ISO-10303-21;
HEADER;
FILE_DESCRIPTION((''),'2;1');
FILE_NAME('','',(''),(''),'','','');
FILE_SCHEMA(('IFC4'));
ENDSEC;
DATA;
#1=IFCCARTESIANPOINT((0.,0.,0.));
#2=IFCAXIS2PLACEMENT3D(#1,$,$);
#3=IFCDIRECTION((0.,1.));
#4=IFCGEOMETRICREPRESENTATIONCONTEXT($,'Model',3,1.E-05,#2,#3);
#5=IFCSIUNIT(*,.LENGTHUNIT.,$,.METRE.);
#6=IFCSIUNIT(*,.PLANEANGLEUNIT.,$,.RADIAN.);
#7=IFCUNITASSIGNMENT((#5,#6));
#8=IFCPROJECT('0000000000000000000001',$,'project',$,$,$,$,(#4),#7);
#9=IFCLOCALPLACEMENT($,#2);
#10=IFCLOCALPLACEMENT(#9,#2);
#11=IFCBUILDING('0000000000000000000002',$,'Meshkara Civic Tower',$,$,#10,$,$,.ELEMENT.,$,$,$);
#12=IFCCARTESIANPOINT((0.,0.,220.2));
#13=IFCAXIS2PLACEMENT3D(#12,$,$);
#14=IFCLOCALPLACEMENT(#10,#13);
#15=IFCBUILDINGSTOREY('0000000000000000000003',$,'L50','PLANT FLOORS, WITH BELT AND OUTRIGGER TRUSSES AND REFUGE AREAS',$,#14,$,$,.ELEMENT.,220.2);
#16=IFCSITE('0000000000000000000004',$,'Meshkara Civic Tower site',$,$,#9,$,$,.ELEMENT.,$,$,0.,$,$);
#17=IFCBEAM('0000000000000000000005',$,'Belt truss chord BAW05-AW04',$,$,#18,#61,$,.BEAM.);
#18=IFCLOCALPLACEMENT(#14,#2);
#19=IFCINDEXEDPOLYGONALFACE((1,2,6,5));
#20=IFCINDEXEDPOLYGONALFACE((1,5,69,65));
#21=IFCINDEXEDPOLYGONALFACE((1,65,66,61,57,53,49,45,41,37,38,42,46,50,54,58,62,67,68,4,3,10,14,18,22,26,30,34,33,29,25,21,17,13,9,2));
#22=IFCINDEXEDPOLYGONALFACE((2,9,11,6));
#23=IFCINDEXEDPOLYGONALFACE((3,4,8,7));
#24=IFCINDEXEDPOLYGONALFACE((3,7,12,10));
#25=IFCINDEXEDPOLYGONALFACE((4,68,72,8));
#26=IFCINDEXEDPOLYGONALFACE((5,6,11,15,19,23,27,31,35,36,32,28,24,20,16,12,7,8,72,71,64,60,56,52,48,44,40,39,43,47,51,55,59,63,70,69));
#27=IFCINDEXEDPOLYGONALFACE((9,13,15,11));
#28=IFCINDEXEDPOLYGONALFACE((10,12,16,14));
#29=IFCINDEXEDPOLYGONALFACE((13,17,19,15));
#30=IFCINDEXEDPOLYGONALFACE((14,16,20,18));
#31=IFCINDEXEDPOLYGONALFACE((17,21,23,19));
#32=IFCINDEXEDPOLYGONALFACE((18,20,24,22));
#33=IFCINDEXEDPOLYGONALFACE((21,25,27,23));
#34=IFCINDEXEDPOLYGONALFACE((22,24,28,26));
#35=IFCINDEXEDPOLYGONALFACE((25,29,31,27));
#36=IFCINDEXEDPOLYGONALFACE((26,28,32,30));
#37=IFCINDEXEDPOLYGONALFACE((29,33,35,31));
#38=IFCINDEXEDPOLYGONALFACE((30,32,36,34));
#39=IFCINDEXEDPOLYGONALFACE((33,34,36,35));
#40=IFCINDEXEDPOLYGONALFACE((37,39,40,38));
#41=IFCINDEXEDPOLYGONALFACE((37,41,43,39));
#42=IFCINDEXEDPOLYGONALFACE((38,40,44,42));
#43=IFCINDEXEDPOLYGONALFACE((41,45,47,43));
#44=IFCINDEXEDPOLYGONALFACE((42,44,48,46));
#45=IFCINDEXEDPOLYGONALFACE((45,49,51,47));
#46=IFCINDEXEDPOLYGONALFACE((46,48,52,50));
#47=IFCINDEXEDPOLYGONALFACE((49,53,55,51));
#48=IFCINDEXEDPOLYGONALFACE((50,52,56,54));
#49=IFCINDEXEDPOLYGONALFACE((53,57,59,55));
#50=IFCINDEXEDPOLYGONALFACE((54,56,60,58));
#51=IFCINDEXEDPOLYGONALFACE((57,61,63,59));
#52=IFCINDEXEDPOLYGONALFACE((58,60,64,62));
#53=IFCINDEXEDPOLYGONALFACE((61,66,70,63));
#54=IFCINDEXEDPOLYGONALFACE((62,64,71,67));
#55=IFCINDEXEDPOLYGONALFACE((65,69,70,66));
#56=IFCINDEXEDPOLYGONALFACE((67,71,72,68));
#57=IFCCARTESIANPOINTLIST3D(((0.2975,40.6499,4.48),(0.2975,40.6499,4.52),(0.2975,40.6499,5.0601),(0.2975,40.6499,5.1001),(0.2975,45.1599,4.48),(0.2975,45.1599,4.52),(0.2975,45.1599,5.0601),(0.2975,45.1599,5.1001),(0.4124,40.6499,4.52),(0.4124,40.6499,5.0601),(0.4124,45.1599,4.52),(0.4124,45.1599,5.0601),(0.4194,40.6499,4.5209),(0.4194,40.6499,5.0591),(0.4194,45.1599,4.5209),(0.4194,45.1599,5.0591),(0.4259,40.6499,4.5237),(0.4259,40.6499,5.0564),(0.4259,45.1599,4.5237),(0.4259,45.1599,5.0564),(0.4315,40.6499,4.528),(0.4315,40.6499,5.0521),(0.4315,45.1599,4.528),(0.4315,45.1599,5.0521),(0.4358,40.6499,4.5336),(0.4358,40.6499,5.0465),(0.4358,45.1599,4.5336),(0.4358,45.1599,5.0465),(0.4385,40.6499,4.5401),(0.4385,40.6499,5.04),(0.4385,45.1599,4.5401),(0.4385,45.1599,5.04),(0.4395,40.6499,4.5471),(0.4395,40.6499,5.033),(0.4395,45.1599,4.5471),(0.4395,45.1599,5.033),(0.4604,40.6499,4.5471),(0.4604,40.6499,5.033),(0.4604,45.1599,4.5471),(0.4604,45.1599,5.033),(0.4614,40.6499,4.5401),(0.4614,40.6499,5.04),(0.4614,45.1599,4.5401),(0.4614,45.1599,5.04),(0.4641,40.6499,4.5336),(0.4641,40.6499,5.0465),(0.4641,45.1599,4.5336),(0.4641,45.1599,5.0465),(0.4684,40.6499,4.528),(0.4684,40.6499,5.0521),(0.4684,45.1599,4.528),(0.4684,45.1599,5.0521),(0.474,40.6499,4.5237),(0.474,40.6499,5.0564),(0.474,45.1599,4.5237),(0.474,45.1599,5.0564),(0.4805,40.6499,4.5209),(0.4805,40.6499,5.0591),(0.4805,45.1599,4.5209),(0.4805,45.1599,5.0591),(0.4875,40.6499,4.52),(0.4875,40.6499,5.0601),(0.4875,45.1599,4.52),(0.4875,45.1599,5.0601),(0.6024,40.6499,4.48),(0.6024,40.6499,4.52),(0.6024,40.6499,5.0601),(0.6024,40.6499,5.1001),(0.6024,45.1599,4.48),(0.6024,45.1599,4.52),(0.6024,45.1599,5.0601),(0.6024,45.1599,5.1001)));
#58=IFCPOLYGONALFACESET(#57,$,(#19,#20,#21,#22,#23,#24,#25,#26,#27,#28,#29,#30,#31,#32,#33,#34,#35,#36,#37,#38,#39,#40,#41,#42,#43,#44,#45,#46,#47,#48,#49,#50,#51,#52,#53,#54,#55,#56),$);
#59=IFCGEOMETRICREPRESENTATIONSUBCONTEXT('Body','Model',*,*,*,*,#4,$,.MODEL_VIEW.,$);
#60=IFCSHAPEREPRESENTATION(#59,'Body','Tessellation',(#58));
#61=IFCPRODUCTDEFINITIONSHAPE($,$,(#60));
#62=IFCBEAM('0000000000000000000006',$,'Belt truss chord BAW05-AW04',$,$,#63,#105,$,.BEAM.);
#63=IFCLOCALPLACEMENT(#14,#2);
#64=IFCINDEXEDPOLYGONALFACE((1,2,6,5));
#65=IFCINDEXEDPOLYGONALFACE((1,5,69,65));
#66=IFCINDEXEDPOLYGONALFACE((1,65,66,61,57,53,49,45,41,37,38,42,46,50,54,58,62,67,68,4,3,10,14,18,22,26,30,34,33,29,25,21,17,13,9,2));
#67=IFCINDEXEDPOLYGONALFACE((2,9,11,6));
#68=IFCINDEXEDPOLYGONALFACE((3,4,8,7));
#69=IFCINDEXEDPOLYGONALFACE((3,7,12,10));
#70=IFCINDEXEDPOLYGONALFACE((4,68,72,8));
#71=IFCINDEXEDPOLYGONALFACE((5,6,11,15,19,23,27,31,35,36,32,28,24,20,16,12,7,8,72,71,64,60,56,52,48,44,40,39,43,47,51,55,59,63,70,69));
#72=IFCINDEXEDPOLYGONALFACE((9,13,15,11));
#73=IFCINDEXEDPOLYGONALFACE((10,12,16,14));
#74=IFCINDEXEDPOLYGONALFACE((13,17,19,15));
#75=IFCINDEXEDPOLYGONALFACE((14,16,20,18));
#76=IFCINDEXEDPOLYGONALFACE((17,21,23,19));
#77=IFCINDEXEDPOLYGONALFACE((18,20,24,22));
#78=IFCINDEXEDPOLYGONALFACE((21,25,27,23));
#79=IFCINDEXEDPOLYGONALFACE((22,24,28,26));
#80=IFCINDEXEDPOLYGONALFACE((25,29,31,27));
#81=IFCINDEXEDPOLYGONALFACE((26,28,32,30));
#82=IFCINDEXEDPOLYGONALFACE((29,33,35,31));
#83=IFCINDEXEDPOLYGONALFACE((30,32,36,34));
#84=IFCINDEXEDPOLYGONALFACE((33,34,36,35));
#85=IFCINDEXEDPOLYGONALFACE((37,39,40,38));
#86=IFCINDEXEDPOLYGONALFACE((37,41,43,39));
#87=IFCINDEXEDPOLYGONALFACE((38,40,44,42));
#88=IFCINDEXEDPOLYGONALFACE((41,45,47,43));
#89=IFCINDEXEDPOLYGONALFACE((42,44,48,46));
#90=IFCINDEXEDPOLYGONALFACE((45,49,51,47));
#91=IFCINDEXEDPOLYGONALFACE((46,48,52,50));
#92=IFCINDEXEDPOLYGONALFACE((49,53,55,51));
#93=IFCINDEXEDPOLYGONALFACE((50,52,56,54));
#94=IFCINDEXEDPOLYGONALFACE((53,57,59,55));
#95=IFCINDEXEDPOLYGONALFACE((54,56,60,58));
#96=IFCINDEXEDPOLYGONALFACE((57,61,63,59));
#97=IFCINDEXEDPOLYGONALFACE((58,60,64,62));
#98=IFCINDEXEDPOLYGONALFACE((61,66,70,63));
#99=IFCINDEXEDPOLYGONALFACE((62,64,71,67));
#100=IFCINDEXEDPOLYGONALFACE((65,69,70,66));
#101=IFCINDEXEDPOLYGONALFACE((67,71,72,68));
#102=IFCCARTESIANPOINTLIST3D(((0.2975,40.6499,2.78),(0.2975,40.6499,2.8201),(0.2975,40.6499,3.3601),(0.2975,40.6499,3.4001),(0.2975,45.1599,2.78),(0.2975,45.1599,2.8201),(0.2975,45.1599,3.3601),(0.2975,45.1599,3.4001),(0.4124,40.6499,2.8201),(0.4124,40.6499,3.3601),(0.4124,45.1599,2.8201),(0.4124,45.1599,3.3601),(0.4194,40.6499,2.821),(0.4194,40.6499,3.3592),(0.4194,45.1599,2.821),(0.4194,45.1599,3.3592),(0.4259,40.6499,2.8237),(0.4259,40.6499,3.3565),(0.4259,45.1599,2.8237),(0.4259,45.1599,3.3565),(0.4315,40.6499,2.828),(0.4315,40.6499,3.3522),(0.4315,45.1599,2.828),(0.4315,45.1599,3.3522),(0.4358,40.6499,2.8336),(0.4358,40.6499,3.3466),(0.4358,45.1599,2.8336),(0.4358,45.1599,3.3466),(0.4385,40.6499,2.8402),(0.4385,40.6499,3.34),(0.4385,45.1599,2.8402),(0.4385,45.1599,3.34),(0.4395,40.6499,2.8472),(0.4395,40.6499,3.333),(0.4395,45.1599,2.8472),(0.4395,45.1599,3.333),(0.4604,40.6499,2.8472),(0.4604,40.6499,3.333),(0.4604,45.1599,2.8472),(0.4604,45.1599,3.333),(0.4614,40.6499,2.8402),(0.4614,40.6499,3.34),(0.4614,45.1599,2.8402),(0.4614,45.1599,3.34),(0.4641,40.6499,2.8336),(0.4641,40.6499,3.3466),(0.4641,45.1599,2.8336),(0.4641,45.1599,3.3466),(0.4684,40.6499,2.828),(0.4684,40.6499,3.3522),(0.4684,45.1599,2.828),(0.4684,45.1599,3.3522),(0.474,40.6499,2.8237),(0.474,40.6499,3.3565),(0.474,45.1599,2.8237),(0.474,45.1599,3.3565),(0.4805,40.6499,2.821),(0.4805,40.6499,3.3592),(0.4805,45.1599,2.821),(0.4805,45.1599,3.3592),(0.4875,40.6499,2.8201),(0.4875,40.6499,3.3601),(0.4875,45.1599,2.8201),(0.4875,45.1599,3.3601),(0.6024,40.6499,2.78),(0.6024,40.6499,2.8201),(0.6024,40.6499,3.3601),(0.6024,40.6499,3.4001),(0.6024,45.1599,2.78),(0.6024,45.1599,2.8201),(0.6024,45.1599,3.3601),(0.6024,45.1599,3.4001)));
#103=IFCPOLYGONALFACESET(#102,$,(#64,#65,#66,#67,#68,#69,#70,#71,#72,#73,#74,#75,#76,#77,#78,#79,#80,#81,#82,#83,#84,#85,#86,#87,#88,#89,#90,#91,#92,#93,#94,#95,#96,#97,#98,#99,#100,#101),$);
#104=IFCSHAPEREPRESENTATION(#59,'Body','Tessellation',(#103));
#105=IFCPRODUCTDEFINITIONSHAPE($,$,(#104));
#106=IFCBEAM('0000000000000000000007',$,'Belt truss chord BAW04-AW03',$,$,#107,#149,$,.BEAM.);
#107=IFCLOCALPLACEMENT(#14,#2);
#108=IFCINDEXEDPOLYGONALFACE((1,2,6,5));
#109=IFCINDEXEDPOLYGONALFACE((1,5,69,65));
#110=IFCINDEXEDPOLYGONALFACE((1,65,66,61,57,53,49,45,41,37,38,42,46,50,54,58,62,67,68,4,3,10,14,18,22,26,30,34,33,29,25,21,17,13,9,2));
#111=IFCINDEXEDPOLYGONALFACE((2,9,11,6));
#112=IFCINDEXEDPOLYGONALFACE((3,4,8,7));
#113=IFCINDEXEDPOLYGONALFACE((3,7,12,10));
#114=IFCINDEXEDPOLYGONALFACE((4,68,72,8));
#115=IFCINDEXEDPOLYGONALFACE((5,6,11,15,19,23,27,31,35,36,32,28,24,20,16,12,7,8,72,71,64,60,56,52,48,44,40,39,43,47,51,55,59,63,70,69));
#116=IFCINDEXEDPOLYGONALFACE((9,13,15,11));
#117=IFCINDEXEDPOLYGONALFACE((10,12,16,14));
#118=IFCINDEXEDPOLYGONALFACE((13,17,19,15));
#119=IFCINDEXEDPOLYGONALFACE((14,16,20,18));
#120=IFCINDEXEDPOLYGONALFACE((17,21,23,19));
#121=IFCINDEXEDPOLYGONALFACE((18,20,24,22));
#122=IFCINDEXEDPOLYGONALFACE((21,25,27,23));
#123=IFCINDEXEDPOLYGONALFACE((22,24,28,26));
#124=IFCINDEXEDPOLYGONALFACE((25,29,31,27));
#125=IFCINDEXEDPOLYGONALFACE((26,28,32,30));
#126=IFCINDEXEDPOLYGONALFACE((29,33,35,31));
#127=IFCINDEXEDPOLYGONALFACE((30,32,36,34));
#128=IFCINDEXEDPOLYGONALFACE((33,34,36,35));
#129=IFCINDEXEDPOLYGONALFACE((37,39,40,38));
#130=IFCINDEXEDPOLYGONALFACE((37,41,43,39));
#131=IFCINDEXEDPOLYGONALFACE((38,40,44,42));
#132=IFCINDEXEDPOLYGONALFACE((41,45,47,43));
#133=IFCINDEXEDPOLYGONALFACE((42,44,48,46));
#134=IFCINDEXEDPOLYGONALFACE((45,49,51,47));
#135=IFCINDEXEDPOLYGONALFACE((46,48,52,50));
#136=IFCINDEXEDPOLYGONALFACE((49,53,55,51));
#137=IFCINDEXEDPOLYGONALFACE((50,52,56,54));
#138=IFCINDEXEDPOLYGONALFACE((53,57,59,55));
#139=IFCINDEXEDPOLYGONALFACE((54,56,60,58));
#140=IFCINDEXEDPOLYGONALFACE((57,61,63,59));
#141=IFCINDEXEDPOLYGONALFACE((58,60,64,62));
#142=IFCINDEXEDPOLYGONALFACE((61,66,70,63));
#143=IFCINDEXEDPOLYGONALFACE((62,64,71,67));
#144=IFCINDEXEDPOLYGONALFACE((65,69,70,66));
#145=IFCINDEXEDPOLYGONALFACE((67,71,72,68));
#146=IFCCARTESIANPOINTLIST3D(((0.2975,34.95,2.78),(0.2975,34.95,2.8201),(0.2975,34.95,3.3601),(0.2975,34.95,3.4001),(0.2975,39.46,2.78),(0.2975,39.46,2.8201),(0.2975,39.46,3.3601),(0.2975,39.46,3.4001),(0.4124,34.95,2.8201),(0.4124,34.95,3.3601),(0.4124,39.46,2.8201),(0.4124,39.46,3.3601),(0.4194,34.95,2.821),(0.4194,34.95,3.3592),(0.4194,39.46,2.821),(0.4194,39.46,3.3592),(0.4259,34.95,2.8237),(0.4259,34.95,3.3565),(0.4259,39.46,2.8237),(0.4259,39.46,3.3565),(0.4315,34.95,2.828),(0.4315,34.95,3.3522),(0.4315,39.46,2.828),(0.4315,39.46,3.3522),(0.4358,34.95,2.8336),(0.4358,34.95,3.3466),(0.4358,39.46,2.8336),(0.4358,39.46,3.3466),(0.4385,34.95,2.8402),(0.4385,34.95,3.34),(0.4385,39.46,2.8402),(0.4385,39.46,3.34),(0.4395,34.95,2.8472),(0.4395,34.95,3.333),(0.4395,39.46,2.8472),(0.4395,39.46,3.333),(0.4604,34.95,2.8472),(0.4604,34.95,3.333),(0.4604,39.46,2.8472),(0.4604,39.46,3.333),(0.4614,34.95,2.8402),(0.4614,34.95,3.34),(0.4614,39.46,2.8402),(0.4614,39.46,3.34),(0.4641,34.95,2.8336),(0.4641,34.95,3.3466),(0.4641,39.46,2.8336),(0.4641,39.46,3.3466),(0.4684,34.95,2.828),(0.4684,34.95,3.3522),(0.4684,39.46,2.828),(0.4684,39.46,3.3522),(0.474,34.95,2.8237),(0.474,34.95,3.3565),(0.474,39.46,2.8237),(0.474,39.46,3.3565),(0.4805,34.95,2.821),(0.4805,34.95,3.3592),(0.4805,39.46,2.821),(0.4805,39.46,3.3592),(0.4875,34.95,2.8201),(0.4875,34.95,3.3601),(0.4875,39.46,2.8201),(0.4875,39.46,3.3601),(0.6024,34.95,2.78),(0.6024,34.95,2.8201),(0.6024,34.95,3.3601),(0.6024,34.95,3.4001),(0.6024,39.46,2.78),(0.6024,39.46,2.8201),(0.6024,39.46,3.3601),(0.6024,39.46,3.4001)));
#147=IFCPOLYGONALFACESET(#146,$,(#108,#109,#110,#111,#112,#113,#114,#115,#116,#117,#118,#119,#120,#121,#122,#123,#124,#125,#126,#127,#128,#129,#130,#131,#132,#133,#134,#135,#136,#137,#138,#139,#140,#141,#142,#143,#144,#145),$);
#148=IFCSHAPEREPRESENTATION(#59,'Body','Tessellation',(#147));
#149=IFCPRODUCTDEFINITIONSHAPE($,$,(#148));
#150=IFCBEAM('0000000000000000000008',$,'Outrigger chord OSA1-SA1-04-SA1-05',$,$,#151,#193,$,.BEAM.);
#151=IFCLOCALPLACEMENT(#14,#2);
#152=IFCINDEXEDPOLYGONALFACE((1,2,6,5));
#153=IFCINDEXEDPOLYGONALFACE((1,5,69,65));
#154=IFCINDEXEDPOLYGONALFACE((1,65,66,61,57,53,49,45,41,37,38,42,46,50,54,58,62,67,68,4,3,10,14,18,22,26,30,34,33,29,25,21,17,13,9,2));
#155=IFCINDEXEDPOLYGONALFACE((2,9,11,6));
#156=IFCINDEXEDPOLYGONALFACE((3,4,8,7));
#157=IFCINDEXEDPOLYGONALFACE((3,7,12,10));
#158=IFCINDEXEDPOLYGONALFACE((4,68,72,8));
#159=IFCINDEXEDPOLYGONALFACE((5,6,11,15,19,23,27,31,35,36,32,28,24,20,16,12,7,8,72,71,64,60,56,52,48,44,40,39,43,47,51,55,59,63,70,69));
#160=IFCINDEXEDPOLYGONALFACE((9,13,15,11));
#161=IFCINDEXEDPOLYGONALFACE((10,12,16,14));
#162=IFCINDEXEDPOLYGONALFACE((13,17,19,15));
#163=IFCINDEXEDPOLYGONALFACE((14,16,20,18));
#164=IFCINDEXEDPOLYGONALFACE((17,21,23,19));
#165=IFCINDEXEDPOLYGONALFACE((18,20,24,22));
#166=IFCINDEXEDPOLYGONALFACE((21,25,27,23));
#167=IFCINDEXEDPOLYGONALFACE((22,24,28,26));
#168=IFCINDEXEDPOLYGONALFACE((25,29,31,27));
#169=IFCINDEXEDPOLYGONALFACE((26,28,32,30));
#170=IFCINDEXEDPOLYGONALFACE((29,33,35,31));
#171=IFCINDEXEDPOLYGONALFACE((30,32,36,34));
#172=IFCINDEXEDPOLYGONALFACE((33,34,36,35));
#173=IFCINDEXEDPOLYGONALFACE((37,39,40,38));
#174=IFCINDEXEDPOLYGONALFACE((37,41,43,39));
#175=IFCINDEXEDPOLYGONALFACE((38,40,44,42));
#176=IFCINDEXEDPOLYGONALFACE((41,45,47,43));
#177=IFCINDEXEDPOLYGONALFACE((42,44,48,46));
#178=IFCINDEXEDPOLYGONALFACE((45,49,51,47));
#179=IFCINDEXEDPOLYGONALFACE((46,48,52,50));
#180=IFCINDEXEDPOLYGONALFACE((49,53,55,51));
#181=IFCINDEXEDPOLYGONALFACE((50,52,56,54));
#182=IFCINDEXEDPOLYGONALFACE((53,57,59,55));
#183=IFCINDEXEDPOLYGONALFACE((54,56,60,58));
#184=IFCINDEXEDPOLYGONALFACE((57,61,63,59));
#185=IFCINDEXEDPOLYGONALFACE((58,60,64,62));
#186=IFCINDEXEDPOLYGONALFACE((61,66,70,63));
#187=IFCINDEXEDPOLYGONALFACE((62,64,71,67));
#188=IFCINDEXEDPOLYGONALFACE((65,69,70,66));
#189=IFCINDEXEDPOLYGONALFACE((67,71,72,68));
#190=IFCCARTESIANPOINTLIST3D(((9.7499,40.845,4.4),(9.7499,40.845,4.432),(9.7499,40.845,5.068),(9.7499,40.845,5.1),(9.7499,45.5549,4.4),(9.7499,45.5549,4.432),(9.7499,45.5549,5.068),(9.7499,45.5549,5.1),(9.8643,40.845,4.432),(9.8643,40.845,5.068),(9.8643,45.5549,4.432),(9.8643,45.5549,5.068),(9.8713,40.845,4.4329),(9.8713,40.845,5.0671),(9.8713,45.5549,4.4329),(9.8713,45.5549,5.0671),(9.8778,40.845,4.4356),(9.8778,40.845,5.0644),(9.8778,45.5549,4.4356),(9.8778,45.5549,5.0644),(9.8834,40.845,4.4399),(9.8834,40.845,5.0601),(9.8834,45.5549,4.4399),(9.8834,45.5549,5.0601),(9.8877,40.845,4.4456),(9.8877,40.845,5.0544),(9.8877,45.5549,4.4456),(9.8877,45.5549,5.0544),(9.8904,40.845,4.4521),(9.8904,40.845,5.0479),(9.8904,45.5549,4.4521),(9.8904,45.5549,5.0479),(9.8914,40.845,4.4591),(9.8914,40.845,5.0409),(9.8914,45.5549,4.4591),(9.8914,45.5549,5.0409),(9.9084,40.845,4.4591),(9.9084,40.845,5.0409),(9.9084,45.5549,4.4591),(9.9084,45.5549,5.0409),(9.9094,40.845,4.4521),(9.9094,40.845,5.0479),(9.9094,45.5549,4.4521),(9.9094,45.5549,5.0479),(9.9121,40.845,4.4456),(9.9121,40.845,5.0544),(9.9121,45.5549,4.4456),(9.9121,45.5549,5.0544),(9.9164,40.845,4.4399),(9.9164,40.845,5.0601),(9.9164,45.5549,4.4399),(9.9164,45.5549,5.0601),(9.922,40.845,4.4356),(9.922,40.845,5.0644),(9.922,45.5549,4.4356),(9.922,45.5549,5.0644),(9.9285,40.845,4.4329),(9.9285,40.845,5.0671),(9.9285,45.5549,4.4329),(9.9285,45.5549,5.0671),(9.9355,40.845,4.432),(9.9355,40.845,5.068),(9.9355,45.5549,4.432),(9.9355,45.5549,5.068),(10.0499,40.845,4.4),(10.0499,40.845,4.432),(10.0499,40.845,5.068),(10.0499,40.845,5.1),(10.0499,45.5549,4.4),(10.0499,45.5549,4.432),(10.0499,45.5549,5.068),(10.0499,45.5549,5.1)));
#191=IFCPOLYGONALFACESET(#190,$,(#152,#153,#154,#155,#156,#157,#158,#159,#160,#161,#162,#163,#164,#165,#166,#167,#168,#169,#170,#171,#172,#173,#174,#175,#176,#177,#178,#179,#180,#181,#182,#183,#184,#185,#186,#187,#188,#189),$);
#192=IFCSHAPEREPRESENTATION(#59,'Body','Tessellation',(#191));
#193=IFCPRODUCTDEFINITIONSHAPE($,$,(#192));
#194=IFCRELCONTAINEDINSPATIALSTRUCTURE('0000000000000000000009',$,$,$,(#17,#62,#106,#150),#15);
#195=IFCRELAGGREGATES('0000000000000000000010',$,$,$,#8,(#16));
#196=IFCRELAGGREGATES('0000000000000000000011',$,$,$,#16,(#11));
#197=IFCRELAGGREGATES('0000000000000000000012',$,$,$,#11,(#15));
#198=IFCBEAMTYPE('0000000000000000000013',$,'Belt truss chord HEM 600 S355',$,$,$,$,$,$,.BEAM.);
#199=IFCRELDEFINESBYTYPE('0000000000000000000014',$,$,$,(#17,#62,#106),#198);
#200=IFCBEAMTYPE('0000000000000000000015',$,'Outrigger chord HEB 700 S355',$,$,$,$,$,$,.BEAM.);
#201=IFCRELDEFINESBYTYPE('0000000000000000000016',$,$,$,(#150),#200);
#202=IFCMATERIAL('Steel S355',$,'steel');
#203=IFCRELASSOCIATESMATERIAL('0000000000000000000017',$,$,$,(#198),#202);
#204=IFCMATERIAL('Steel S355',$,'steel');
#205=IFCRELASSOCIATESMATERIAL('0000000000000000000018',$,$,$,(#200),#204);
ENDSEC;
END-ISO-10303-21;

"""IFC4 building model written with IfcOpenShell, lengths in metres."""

from ifc_helpers import new_model, si_unit, direction, frame, origin, origin_2d, place, context, subcontext, project, spatial, i_section, extrude, material, material_profile, profile_set, type_object, element, save


model = new_model("IFC4")

# Units and contexts
model_context = context("Model", 3, precision=1e-05, world=origin(), true_north=direction((0.0, 1.0)))
body_context = subcontext(model_context, "Body", "Model", "MODEL_VIEW")
ifc_project = project(units=[si_unit("LENGTHUNIT", "METRE"), si_unit("PLANEANGLEUNIT", "RADIAN")], contexts=[model_context])

# Site, building, storey
site_placement = place(None, origin())
site = spatial("IfcSite", under=ifc_project, at=site_placement, Name="Meshkara Civic Tower site", CompositionType="ELEMENT", RefElevation=0.0)
building_placement = place(site_placement, origin())
building = spatial("IfcBuilding", under=site, at=building_placement, Name="Meshkara Civic Tower", CompositionType="ELEMENT")
storey_placement = place(building_placement, frame((0.0, 0.0, 220.2)))
storey = spatial("IfcBuildingStorey", under=building, at=storey_placement, Name="L50", Description="PLANT FLOORS, WITH BELT AND OUTRIGGER TRUSSES AND REFUGE AREAS", CompositionType="ELEMENT", Elevation=220.2)

# Beams
ifc_material_1 = material(Name="Steel S355", Category="steel")
ifc_material_profile_1 = material_profile(ifc_material_1, i_section(OverallWidth=0.3049, OverallDepth=0.6201, WebThickness=0.021, FlangeThickness=0.04, FilletRadius=0.0271, at=origin_2d()))
ifc_profile_set_1 = profile_set([ifc_material_profile_1], Name="Steel S355")
beam_type_1 = type_object("IfcBeamType", Name="Belt truss chord HEM 600 S355", PredefinedType="BEAM", material=ifc_profile_set_1)
for number, where, z_axis, x_axis, name in (
    (1, (0.45, 45.1599, 4.79), (0.0, -1.0, 0.0), (1.0, 0.0, 0.0), "Belt truss chord BAW05-AW04"),
    (2, (0.45, 45.1599, 3.0901), (0.0, -1.0, 0.0), (1.0, 0.0, 0.0), "Belt truss chord BAW05-AW04"),
    (3, (0.45, 39.46, 3.0901), (0.0, -1.0, 0.0), (1.0, 0.0, 0.0), "Belt truss chord BAW04-AW03"),
):
    element("IfcBeam", number, at=place(storey_placement, frame(where, z_axis=z_axis, x_axis=x_axis)), inside=storey, type_object=beam_type_1, Name=name, PredefinedType="BEAM", context=body_context, shape_type="SweptSolid", body=[
        extrude(i_section(OverallWidth=0.3049, OverallDepth=0.6201, WebThickness=0.021, FlangeThickness=0.04, FilletRadius=0.0271, at=origin_2d()), origin(), (0.0, 0.0, 1.0), 4.51),
    ])
ifc_material_2 = material(Name="Steel S355", Category="steel")
ifc_material_profile_2 = material_profile(ifc_material_2, i_section(OverallWidth=0.3, OverallDepth=0.7, WebThickness=0.0171, FlangeThickness=0.032, FilletRadius=0.0271, at=origin_2d()))
ifc_profile_set_2 = profile_set([ifc_material_profile_2], Name="Steel S355")
beam_type_2 = type_object("IfcBeamType", Name="Outrigger chord HEB 700 S355", PredefinedType="BEAM", material=ifc_profile_set_2)
for number, where, z_axis, x_axis, name in (
    (4, (9.8999, 40.845, 4.75), (0.0, 1.0, 0.0), (-1.0, 0.0, 0.0), "Outrigger chord OSA1-SA1-04-SA1-05"),
):
    element("IfcBeam", number, at=place(storey_placement, frame(where, z_axis=z_axis, x_axis=x_axis)), inside=storey, type_object=beam_type_2, Name=name, PredefinedType="BEAM", context=body_context, shape_type="SweptSolid", body=[
        extrude(i_section(OverallWidth=0.3, OverallDepth=0.7, WebThickness=0.0171, FlangeThickness=0.032, FilletRadius=0.0271, at=origin_2d()), origin(), (0.0, 0.0, 1.0), 4.71),
    ])

save(model, "model.ifc")
